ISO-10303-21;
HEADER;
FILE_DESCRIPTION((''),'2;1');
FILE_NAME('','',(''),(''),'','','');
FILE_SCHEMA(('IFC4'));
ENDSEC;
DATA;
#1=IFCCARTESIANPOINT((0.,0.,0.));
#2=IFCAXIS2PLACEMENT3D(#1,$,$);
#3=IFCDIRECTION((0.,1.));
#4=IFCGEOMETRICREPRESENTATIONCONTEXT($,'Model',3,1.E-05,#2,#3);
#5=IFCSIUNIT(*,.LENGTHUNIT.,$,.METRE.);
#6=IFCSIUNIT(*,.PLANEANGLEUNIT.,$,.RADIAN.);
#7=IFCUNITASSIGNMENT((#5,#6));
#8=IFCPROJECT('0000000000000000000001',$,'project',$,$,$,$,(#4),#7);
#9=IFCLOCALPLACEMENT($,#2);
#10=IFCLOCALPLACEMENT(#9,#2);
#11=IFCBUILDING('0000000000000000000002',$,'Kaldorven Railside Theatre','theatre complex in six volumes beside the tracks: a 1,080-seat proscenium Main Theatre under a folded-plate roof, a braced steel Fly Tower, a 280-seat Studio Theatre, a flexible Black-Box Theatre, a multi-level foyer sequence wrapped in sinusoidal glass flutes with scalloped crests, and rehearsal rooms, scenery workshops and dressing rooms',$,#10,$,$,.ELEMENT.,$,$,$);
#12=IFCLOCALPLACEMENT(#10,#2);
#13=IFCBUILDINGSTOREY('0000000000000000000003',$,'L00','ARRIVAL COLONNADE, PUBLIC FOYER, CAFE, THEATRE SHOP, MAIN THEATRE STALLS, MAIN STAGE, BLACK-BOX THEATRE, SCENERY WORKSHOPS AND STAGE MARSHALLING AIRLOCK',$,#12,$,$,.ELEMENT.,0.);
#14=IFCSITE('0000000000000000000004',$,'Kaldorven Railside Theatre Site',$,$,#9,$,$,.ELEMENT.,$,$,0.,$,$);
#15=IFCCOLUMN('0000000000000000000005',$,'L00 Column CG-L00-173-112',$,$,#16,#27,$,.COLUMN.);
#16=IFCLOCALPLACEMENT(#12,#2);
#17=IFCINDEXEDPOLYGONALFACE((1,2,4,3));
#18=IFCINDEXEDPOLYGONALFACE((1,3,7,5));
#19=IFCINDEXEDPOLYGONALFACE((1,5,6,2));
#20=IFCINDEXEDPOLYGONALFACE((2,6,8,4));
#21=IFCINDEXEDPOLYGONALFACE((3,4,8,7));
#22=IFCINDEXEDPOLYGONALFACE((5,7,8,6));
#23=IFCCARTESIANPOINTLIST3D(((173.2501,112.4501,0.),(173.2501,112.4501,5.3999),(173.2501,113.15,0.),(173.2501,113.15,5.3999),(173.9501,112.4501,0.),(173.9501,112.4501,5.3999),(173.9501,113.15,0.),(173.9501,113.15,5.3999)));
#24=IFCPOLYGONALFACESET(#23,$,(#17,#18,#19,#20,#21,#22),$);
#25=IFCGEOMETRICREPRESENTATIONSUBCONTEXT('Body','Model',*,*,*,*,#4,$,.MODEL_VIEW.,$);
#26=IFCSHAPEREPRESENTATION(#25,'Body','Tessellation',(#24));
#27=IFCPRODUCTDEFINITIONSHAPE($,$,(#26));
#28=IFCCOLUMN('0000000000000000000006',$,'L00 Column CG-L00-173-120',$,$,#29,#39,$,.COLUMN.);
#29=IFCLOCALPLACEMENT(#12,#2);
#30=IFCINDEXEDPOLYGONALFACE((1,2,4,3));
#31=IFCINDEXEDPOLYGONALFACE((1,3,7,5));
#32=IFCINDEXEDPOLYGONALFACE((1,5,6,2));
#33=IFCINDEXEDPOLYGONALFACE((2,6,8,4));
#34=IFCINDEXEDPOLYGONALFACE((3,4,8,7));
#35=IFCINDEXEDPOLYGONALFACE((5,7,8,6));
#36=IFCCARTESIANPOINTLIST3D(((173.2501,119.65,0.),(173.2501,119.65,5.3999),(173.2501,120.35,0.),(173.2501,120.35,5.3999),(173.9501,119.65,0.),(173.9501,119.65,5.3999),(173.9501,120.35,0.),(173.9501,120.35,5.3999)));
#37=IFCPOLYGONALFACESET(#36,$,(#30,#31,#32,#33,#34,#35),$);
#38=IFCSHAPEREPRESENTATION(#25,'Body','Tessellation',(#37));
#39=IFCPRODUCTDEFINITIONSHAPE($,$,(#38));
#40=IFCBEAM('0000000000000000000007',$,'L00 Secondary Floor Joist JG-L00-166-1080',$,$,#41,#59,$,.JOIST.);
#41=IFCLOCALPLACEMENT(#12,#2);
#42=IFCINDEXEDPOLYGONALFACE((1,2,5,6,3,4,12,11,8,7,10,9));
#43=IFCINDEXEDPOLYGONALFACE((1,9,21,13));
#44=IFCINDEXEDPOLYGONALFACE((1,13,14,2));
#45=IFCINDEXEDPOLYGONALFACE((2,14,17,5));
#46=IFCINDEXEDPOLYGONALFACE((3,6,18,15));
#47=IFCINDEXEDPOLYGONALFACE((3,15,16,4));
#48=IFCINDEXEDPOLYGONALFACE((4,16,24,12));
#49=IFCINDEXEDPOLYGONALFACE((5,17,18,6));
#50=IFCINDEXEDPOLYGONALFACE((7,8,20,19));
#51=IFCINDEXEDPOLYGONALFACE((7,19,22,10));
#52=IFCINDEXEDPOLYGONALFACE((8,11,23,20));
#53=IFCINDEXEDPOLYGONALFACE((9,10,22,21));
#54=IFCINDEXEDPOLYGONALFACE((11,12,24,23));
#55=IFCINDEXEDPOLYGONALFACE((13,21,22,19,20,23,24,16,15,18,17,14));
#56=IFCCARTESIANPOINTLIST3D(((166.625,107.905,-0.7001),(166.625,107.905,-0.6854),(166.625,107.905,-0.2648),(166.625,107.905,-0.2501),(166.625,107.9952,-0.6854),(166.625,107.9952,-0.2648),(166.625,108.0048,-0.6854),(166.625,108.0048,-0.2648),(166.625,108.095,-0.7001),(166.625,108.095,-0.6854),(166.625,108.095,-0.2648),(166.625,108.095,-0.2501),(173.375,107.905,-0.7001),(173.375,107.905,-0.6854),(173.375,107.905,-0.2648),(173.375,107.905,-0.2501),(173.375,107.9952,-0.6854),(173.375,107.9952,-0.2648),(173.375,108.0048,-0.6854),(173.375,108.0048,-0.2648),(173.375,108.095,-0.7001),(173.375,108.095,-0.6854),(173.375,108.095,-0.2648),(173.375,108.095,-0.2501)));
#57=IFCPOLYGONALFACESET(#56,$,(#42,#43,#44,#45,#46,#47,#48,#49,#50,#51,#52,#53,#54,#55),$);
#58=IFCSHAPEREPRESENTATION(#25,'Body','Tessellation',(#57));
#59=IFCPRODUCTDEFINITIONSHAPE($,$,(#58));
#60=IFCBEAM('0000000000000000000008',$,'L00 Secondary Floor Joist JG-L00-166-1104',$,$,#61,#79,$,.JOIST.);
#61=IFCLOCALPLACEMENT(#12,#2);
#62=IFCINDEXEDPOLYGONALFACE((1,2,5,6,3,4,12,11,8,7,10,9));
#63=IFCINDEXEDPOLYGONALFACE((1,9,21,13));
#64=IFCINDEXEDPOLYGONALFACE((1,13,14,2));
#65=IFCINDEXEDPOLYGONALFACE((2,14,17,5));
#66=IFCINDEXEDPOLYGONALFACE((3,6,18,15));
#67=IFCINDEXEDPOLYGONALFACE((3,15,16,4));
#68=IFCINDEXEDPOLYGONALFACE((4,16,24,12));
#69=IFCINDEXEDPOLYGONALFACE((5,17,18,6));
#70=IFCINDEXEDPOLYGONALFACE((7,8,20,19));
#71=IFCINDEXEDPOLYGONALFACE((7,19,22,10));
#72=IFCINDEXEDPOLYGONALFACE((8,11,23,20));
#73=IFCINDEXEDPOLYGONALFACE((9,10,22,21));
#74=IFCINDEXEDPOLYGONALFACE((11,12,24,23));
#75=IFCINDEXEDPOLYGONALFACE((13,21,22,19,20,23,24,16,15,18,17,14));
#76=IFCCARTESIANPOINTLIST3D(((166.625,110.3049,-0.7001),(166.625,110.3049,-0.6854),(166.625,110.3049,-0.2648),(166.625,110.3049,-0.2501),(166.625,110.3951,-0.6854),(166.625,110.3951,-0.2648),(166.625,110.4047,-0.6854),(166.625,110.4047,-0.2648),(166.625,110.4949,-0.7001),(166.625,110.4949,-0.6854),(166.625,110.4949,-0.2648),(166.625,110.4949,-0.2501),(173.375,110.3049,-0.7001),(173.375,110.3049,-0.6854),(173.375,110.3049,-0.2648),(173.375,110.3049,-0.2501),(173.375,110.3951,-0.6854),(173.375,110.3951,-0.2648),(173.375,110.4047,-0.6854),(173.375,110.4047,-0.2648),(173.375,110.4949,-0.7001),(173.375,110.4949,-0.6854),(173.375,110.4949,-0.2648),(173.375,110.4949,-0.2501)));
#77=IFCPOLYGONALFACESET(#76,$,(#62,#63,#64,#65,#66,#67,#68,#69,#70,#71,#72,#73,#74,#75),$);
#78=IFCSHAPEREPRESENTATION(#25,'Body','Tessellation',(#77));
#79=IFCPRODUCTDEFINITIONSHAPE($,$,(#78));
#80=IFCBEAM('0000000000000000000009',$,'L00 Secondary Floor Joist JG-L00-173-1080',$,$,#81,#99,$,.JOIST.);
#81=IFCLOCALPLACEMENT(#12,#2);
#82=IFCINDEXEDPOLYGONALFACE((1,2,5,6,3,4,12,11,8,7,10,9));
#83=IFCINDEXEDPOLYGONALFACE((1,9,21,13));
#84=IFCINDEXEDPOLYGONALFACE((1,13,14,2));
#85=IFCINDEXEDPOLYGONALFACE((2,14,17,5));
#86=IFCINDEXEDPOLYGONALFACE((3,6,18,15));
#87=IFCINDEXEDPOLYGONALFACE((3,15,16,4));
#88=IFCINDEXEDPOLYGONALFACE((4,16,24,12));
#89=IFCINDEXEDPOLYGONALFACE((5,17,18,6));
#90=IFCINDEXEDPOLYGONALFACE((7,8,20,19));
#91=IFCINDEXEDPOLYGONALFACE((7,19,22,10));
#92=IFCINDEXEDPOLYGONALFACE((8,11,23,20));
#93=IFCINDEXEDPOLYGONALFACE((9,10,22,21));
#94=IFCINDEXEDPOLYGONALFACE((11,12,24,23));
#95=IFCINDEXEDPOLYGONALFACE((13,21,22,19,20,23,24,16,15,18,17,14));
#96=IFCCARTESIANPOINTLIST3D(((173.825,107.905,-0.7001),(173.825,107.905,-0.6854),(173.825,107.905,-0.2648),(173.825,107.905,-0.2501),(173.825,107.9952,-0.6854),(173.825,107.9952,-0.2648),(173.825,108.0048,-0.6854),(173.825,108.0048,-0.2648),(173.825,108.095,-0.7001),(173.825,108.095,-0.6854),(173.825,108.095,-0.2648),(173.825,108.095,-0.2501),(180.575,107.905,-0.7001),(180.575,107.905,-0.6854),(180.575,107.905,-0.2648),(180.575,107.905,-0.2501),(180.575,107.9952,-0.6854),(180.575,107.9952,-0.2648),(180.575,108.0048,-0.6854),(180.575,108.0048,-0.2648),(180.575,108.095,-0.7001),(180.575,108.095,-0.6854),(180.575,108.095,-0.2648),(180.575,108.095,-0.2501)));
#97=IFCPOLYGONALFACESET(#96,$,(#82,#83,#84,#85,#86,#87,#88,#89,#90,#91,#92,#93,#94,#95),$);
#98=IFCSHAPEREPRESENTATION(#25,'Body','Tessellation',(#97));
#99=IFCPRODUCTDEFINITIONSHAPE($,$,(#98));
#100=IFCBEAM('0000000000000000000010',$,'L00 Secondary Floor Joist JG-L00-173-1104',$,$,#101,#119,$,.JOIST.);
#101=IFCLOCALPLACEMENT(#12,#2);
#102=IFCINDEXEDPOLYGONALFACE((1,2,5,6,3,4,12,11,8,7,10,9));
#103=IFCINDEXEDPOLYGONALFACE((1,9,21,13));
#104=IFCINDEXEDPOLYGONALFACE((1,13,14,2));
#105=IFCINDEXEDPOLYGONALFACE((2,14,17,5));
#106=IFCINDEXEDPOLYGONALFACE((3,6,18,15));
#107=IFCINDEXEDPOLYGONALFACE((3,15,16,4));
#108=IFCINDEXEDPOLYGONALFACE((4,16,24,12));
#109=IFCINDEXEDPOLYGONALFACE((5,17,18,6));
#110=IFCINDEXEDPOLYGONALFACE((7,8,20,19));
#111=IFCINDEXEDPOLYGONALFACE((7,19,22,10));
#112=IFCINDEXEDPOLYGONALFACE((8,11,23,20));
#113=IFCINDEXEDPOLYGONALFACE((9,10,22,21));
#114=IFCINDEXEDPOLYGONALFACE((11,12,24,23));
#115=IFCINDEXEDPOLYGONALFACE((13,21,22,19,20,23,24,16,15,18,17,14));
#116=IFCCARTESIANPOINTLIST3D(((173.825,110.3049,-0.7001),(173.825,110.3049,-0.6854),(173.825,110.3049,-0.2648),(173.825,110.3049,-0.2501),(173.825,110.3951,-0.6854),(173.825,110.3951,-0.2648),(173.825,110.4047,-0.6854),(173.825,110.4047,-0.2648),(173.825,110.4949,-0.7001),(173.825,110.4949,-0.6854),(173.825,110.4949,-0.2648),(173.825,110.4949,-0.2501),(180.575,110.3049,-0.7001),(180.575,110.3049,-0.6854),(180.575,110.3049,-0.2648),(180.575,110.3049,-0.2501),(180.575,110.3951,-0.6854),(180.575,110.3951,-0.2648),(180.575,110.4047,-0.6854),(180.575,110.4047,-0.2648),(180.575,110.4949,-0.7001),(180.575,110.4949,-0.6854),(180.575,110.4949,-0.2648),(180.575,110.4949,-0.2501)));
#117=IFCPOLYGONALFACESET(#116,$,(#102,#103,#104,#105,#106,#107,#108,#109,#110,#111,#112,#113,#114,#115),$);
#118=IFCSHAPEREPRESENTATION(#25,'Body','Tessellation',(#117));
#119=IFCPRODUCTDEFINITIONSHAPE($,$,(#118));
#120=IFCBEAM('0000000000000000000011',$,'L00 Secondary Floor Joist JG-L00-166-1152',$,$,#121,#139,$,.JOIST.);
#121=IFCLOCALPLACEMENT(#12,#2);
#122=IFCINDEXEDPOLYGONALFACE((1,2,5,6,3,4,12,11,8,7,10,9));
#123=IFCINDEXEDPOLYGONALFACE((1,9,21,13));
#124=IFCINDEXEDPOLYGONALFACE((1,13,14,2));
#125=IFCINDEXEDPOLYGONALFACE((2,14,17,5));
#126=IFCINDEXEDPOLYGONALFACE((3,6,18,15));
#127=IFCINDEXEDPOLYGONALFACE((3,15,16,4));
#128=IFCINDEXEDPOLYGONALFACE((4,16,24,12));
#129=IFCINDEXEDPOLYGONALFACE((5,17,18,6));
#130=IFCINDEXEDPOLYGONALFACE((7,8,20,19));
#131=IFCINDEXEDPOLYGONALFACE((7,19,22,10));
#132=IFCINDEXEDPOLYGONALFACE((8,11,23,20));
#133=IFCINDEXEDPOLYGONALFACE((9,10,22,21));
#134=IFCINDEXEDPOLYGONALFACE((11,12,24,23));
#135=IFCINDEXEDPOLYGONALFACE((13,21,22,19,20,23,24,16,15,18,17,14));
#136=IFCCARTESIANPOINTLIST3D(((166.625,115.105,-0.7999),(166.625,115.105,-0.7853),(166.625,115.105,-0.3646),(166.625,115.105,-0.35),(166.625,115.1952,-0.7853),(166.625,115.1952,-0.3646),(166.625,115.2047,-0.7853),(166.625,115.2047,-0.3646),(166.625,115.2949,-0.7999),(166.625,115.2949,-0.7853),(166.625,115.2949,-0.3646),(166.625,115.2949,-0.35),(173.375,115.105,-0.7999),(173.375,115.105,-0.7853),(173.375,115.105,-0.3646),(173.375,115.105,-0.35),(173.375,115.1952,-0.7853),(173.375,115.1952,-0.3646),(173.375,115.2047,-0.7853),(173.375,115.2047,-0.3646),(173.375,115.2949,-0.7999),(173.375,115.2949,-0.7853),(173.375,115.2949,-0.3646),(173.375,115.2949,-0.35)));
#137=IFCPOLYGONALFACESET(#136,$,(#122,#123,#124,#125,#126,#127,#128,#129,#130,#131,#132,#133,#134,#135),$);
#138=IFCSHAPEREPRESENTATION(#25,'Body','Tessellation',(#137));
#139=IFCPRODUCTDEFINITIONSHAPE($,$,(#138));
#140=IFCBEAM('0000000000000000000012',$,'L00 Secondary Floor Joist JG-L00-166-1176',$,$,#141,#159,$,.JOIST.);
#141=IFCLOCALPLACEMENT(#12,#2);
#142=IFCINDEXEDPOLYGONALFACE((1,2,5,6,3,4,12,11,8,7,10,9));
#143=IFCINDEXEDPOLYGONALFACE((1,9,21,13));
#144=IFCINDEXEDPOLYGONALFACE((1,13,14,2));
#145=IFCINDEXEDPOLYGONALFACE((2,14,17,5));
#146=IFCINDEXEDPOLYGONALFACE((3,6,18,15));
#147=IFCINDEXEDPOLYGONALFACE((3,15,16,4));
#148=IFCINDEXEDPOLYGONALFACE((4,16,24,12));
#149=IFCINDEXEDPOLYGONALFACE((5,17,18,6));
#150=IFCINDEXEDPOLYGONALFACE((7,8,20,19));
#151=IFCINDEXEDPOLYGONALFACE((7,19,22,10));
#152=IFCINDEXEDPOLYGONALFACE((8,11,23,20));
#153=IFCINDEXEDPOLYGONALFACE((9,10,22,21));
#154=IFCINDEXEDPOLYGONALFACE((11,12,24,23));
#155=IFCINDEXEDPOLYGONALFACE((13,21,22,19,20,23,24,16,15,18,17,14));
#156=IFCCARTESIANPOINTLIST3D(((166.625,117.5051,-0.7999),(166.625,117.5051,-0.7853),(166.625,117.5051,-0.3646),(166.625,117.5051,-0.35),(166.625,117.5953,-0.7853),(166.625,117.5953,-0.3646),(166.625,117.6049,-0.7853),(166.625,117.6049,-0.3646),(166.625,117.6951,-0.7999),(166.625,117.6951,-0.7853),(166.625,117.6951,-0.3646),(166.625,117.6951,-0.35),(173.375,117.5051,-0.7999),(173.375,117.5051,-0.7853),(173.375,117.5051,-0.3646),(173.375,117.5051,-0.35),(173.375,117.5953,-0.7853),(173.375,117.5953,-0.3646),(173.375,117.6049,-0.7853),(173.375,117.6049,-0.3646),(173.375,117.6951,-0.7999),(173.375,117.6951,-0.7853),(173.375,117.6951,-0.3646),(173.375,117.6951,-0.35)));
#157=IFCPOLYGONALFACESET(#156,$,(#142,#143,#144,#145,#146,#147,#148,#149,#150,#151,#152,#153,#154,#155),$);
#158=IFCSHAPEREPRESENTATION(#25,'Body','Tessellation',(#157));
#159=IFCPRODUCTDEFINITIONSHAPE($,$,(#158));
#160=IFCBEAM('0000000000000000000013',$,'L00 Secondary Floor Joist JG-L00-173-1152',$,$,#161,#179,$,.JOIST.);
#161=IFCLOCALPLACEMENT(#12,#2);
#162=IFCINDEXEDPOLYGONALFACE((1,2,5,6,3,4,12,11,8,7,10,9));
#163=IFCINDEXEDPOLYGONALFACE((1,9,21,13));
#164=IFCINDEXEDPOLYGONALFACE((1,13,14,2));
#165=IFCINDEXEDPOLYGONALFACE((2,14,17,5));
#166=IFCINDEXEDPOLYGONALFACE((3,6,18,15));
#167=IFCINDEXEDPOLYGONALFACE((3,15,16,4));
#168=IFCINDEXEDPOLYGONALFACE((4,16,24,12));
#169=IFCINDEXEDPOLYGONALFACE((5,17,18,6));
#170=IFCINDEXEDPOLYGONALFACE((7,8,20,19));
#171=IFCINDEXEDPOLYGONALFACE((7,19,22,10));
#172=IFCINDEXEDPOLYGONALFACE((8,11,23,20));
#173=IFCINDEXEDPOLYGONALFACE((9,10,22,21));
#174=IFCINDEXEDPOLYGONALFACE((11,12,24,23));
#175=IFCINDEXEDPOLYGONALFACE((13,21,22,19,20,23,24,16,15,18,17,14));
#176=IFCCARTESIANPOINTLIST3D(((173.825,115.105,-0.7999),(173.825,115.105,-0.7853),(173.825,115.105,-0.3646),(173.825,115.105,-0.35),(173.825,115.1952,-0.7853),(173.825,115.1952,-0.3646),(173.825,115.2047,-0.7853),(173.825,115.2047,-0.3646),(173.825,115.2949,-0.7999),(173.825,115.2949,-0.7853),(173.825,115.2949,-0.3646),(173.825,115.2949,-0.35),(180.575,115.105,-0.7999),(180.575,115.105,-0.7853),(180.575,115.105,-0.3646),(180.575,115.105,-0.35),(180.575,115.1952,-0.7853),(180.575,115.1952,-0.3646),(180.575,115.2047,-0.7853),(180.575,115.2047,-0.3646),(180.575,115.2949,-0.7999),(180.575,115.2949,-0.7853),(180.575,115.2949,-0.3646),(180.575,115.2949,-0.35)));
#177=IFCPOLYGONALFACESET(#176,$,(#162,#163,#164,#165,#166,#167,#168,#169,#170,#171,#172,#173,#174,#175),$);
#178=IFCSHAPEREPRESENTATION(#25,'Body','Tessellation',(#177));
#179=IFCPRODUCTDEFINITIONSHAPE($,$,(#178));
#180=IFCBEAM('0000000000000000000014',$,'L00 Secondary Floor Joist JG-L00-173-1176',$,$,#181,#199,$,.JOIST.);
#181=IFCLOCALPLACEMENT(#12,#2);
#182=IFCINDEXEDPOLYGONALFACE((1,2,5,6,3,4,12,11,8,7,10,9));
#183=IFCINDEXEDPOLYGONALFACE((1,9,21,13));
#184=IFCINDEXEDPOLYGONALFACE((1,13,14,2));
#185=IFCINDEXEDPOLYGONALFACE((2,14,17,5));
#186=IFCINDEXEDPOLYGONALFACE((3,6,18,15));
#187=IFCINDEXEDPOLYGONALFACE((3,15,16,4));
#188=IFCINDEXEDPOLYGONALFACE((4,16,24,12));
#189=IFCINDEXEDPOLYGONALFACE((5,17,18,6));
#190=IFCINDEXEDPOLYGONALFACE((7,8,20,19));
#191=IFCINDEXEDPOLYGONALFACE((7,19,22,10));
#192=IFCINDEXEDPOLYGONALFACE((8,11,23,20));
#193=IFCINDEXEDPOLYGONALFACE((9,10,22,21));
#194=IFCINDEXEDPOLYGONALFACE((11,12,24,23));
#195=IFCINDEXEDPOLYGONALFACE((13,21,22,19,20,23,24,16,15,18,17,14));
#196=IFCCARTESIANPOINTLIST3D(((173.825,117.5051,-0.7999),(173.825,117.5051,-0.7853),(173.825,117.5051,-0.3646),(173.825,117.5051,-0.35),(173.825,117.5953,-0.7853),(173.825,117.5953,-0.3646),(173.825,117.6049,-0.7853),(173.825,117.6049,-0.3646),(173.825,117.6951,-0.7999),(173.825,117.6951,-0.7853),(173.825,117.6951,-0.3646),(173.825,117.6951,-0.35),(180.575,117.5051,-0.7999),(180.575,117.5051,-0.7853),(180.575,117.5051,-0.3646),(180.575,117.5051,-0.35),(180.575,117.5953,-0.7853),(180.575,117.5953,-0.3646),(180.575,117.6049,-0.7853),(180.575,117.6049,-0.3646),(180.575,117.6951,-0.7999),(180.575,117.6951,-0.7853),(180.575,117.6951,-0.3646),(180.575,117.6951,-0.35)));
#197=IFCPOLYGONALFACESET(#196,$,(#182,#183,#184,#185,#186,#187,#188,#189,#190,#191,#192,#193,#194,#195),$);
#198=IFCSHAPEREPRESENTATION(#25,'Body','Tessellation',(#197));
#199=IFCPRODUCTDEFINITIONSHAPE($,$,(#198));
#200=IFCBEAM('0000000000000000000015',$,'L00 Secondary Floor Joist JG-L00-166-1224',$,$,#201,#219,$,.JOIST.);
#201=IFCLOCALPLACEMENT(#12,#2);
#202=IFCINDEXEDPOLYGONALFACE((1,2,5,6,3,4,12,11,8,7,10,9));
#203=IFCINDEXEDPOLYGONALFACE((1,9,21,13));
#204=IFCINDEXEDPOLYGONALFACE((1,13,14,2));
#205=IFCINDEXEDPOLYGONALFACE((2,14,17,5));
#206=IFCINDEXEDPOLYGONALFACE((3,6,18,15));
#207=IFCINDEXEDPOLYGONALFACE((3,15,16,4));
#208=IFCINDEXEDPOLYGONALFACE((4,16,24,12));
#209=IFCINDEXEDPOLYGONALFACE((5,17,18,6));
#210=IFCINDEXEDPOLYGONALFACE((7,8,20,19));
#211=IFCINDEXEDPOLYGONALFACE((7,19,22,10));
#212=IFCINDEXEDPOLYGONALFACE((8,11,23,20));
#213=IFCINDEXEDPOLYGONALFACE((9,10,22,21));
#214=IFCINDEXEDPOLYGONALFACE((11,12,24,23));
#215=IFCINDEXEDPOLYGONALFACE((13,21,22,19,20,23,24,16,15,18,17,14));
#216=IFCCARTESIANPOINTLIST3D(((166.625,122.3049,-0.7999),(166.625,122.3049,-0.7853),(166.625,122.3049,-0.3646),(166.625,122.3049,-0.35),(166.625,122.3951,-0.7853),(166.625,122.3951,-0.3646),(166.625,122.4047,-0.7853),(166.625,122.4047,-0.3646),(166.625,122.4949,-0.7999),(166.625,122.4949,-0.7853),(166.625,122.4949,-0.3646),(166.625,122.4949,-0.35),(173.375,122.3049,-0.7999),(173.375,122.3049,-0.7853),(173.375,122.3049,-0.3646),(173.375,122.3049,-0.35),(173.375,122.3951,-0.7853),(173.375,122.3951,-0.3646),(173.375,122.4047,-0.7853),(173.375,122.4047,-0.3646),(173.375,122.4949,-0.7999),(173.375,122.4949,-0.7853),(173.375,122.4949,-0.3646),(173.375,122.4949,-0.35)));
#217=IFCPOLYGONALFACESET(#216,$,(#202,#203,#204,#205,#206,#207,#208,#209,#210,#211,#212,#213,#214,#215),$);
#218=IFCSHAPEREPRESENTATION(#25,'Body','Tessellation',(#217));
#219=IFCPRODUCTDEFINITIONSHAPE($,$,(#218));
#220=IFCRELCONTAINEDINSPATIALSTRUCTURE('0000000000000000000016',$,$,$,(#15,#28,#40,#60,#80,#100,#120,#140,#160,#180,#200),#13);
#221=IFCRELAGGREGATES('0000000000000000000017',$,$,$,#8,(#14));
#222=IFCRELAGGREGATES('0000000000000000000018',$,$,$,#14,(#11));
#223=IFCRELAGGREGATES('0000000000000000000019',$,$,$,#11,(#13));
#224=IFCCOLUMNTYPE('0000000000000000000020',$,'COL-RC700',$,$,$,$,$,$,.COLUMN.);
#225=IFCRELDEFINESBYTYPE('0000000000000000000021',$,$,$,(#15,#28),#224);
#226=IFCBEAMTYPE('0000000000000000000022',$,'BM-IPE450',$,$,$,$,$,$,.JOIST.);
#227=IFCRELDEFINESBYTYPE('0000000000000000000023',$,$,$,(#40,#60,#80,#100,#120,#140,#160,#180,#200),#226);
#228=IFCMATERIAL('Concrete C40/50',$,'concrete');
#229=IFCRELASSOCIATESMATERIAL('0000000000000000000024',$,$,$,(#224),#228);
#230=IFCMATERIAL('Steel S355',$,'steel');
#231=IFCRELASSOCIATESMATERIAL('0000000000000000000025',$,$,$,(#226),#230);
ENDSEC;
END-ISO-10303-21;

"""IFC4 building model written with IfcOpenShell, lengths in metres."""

from ifc_helpers import new_model, si_unit, direction, frame, origin, origin_2d, place, context, subcontext, project, spatial, rectangle, i_section, extrude, material, material_profile, profile_set, type_object, element, save


model = new_model("IFC4")

# Units and contexts
model_context = context("Model", 3, precision=1e-05, world=origin(), true_north=direction((0.0, 1.0)))
body_context = subcontext(model_context, "Body", "Model", "MODEL_VIEW")
ifc_project = project(units=[si_unit("LENGTHUNIT", "METRE"), si_unit("PLANEANGLEUNIT", "RADIAN")], contexts=[model_context])

# Site, building, storey
site_placement = place(None, origin())
site = spatial("IfcSite", under=ifc_project, at=site_placement, Name="Kaldorven Railside Theatre Site", CompositionType="ELEMENT", RefElevation=0.0)
building_placement = place(site_placement, origin())
building = spatial("IfcBuilding", under=site, at=building_placement, Name="Kaldorven Railside Theatre", Description="theatre complex in six volumes beside the tracks: a 1,080-seat proscenium Main Theatre under a folded-plate roof, a braced steel Fly Tower, a 280-seat Studio Theatre, a flexible Black-Box Theatre, a multi-level foyer sequence wrapped in sinusoidal glass flutes with scalloped crests, and rehearsal rooms, scenery workshops and dressing rooms", CompositionType="ELEMENT")
storey_placement = place(building_placement, origin())
storey = spatial("IfcBuildingStorey", under=building, at=storey_placement, Name="L00", Description="ARRIVAL COLONNADE, PUBLIC FOYER, CAFE, THEATRE SHOP, MAIN THEATRE STALLS, MAIN STAGE, BLACK-BOX THEATRE, SCENERY WORKSHOPS AND STAGE MARSHALLING AIRLOCK", CompositionType="ELEMENT", Elevation=0.0)

# Columns
ifc_material_1 = material(Name="Concrete C40/50", Category="concrete")
ifc_material_profile_1 = material_profile(ifc_material_1, rectangle(XDim=0.7, YDim=0.7, at=origin_2d()), Name="RC 700x700")
ifc_profile_set_1 = profile_set([ifc_material_profile_1], Name="Concrete C40/50")
column_type = type_object("IfcColumnType", Name="COL-RC700", PredefinedType="COLUMN", material=ifc_profile_set_1)
for number, where, z_axis, x_axis, name in (
    (1, (173.6001, 112.8, 0.0), (0.0, 0.0, 1.0), (1.0, 0.0, 0.0), "L00 Column CG-L00-173-112"),
    (2, (173.6001, 120.0, 0.0), (0.0, 0.0, 1.0), (0.0, 1.0, 0.0), "L00 Column CG-L00-173-120"),
):
    element("IfcColumn", number, at=place(storey_placement, frame(where, z_axis=z_axis, x_axis=x_axis)), inside=storey, type_object=column_type, Name=name, PredefinedType="COLUMN", context=body_context, shape_type="SweptSolid", body=[
        extrude(rectangle(XDim=0.7, YDim=0.7, at=origin_2d()), origin(), (0.0, 0.0, 1.0), 5.3999),
    ])

# Beams
ifc_material_2 = material(Name="Steel S355", Category="steel")
ifc_material_profile_2 = material_profile(ifc_material_2, i_section(OverallWidth=0.1899, OverallDepth=0.45, WebThickness=0.0095, FlangeThickness=0.0146, at=origin_2d()), Name="IPE 450")
ifc_profile_set_2 = profile_set([ifc_material_profile_2], Name="Steel S355")
beam_type_1 = type_object("IfcBeamType", Name="BM-IPE450", PredefinedType="JOIST", material=ifc_profile_set_2)
for number, where, z_axis, x_axis, name in (
    (3, (166.625, 108.0, -0.4751), (1.0, 0.0, 0.0), (0.0, 1.0, 0.0), "L00 Secondary Floor Joist JG-L00-166-1080"),
    (4, (166.625, 110.3999, -0.4751), (1.0, 0.0, 0.0), (0.0, 1.0, 0.0), "L00 Secondary Floor Joist JG-L00-166-1104"),
    (5, (173.825, 108.0, -0.4751), (1.0, 0.0, 0.0), (0.0, 1.0, 0.0), "L00 Secondary Floor Joist JG-L00-173-1080"),
    (6, (173.825, 110.3999, -0.4751), (1.0, 0.0, 0.0), (0.0, 1.0, 0.0), "L00 Secondary Floor Joist JG-L00-173-1104"),
    (7, (166.625, 115.2, -0.575), (1.0, 0.0, 0.0), (0.0, 1.0, 0.0), "L00 Secondary Floor Joist JG-L00-166-1152"),
    (8, (166.625, 117.6001, -0.575), (1.0, 0.0, 0.0), (0.0, 1.0, 0.0), "L00 Secondary Floor Joist JG-L00-166-1176"),
    (9, (173.825, 115.2, -0.575), (1.0, 0.0, 0.0), (0.0, 1.0, 0.0), "L00 Secondary Floor Joist JG-L00-173-1152"),
    (10, (173.825, 117.6001, -0.575), (1.0, 0.0, 0.0), (0.0, 1.0, 0.0), "L00 Secondary Floor Joist JG-L00-173-1176"),
    (11, (166.625, 122.3999, -0.575), (1.0, 0.0, 0.0), (0.0, 1.0, 0.0), "L00 Secondary Floor Joist JG-L00-166-1224"),
):
    element("IfcBeam", number, at=place(storey_placement, frame(where, z_axis=z_axis, x_axis=x_axis)), inside=storey, type_object=beam_type_1, Name=name, PredefinedType="JOIST", context=body_context, shape_type="SweptSolid", body=[
        extrude(i_section(OverallWidth=0.1899, OverallDepth=0.45, WebThickness=0.0095, FlangeThickness=0.0146, at=origin_2d()), origin(), (0.0, 0.0, 1.0), 6.75),
    ])

save(model, "model.ifc")
